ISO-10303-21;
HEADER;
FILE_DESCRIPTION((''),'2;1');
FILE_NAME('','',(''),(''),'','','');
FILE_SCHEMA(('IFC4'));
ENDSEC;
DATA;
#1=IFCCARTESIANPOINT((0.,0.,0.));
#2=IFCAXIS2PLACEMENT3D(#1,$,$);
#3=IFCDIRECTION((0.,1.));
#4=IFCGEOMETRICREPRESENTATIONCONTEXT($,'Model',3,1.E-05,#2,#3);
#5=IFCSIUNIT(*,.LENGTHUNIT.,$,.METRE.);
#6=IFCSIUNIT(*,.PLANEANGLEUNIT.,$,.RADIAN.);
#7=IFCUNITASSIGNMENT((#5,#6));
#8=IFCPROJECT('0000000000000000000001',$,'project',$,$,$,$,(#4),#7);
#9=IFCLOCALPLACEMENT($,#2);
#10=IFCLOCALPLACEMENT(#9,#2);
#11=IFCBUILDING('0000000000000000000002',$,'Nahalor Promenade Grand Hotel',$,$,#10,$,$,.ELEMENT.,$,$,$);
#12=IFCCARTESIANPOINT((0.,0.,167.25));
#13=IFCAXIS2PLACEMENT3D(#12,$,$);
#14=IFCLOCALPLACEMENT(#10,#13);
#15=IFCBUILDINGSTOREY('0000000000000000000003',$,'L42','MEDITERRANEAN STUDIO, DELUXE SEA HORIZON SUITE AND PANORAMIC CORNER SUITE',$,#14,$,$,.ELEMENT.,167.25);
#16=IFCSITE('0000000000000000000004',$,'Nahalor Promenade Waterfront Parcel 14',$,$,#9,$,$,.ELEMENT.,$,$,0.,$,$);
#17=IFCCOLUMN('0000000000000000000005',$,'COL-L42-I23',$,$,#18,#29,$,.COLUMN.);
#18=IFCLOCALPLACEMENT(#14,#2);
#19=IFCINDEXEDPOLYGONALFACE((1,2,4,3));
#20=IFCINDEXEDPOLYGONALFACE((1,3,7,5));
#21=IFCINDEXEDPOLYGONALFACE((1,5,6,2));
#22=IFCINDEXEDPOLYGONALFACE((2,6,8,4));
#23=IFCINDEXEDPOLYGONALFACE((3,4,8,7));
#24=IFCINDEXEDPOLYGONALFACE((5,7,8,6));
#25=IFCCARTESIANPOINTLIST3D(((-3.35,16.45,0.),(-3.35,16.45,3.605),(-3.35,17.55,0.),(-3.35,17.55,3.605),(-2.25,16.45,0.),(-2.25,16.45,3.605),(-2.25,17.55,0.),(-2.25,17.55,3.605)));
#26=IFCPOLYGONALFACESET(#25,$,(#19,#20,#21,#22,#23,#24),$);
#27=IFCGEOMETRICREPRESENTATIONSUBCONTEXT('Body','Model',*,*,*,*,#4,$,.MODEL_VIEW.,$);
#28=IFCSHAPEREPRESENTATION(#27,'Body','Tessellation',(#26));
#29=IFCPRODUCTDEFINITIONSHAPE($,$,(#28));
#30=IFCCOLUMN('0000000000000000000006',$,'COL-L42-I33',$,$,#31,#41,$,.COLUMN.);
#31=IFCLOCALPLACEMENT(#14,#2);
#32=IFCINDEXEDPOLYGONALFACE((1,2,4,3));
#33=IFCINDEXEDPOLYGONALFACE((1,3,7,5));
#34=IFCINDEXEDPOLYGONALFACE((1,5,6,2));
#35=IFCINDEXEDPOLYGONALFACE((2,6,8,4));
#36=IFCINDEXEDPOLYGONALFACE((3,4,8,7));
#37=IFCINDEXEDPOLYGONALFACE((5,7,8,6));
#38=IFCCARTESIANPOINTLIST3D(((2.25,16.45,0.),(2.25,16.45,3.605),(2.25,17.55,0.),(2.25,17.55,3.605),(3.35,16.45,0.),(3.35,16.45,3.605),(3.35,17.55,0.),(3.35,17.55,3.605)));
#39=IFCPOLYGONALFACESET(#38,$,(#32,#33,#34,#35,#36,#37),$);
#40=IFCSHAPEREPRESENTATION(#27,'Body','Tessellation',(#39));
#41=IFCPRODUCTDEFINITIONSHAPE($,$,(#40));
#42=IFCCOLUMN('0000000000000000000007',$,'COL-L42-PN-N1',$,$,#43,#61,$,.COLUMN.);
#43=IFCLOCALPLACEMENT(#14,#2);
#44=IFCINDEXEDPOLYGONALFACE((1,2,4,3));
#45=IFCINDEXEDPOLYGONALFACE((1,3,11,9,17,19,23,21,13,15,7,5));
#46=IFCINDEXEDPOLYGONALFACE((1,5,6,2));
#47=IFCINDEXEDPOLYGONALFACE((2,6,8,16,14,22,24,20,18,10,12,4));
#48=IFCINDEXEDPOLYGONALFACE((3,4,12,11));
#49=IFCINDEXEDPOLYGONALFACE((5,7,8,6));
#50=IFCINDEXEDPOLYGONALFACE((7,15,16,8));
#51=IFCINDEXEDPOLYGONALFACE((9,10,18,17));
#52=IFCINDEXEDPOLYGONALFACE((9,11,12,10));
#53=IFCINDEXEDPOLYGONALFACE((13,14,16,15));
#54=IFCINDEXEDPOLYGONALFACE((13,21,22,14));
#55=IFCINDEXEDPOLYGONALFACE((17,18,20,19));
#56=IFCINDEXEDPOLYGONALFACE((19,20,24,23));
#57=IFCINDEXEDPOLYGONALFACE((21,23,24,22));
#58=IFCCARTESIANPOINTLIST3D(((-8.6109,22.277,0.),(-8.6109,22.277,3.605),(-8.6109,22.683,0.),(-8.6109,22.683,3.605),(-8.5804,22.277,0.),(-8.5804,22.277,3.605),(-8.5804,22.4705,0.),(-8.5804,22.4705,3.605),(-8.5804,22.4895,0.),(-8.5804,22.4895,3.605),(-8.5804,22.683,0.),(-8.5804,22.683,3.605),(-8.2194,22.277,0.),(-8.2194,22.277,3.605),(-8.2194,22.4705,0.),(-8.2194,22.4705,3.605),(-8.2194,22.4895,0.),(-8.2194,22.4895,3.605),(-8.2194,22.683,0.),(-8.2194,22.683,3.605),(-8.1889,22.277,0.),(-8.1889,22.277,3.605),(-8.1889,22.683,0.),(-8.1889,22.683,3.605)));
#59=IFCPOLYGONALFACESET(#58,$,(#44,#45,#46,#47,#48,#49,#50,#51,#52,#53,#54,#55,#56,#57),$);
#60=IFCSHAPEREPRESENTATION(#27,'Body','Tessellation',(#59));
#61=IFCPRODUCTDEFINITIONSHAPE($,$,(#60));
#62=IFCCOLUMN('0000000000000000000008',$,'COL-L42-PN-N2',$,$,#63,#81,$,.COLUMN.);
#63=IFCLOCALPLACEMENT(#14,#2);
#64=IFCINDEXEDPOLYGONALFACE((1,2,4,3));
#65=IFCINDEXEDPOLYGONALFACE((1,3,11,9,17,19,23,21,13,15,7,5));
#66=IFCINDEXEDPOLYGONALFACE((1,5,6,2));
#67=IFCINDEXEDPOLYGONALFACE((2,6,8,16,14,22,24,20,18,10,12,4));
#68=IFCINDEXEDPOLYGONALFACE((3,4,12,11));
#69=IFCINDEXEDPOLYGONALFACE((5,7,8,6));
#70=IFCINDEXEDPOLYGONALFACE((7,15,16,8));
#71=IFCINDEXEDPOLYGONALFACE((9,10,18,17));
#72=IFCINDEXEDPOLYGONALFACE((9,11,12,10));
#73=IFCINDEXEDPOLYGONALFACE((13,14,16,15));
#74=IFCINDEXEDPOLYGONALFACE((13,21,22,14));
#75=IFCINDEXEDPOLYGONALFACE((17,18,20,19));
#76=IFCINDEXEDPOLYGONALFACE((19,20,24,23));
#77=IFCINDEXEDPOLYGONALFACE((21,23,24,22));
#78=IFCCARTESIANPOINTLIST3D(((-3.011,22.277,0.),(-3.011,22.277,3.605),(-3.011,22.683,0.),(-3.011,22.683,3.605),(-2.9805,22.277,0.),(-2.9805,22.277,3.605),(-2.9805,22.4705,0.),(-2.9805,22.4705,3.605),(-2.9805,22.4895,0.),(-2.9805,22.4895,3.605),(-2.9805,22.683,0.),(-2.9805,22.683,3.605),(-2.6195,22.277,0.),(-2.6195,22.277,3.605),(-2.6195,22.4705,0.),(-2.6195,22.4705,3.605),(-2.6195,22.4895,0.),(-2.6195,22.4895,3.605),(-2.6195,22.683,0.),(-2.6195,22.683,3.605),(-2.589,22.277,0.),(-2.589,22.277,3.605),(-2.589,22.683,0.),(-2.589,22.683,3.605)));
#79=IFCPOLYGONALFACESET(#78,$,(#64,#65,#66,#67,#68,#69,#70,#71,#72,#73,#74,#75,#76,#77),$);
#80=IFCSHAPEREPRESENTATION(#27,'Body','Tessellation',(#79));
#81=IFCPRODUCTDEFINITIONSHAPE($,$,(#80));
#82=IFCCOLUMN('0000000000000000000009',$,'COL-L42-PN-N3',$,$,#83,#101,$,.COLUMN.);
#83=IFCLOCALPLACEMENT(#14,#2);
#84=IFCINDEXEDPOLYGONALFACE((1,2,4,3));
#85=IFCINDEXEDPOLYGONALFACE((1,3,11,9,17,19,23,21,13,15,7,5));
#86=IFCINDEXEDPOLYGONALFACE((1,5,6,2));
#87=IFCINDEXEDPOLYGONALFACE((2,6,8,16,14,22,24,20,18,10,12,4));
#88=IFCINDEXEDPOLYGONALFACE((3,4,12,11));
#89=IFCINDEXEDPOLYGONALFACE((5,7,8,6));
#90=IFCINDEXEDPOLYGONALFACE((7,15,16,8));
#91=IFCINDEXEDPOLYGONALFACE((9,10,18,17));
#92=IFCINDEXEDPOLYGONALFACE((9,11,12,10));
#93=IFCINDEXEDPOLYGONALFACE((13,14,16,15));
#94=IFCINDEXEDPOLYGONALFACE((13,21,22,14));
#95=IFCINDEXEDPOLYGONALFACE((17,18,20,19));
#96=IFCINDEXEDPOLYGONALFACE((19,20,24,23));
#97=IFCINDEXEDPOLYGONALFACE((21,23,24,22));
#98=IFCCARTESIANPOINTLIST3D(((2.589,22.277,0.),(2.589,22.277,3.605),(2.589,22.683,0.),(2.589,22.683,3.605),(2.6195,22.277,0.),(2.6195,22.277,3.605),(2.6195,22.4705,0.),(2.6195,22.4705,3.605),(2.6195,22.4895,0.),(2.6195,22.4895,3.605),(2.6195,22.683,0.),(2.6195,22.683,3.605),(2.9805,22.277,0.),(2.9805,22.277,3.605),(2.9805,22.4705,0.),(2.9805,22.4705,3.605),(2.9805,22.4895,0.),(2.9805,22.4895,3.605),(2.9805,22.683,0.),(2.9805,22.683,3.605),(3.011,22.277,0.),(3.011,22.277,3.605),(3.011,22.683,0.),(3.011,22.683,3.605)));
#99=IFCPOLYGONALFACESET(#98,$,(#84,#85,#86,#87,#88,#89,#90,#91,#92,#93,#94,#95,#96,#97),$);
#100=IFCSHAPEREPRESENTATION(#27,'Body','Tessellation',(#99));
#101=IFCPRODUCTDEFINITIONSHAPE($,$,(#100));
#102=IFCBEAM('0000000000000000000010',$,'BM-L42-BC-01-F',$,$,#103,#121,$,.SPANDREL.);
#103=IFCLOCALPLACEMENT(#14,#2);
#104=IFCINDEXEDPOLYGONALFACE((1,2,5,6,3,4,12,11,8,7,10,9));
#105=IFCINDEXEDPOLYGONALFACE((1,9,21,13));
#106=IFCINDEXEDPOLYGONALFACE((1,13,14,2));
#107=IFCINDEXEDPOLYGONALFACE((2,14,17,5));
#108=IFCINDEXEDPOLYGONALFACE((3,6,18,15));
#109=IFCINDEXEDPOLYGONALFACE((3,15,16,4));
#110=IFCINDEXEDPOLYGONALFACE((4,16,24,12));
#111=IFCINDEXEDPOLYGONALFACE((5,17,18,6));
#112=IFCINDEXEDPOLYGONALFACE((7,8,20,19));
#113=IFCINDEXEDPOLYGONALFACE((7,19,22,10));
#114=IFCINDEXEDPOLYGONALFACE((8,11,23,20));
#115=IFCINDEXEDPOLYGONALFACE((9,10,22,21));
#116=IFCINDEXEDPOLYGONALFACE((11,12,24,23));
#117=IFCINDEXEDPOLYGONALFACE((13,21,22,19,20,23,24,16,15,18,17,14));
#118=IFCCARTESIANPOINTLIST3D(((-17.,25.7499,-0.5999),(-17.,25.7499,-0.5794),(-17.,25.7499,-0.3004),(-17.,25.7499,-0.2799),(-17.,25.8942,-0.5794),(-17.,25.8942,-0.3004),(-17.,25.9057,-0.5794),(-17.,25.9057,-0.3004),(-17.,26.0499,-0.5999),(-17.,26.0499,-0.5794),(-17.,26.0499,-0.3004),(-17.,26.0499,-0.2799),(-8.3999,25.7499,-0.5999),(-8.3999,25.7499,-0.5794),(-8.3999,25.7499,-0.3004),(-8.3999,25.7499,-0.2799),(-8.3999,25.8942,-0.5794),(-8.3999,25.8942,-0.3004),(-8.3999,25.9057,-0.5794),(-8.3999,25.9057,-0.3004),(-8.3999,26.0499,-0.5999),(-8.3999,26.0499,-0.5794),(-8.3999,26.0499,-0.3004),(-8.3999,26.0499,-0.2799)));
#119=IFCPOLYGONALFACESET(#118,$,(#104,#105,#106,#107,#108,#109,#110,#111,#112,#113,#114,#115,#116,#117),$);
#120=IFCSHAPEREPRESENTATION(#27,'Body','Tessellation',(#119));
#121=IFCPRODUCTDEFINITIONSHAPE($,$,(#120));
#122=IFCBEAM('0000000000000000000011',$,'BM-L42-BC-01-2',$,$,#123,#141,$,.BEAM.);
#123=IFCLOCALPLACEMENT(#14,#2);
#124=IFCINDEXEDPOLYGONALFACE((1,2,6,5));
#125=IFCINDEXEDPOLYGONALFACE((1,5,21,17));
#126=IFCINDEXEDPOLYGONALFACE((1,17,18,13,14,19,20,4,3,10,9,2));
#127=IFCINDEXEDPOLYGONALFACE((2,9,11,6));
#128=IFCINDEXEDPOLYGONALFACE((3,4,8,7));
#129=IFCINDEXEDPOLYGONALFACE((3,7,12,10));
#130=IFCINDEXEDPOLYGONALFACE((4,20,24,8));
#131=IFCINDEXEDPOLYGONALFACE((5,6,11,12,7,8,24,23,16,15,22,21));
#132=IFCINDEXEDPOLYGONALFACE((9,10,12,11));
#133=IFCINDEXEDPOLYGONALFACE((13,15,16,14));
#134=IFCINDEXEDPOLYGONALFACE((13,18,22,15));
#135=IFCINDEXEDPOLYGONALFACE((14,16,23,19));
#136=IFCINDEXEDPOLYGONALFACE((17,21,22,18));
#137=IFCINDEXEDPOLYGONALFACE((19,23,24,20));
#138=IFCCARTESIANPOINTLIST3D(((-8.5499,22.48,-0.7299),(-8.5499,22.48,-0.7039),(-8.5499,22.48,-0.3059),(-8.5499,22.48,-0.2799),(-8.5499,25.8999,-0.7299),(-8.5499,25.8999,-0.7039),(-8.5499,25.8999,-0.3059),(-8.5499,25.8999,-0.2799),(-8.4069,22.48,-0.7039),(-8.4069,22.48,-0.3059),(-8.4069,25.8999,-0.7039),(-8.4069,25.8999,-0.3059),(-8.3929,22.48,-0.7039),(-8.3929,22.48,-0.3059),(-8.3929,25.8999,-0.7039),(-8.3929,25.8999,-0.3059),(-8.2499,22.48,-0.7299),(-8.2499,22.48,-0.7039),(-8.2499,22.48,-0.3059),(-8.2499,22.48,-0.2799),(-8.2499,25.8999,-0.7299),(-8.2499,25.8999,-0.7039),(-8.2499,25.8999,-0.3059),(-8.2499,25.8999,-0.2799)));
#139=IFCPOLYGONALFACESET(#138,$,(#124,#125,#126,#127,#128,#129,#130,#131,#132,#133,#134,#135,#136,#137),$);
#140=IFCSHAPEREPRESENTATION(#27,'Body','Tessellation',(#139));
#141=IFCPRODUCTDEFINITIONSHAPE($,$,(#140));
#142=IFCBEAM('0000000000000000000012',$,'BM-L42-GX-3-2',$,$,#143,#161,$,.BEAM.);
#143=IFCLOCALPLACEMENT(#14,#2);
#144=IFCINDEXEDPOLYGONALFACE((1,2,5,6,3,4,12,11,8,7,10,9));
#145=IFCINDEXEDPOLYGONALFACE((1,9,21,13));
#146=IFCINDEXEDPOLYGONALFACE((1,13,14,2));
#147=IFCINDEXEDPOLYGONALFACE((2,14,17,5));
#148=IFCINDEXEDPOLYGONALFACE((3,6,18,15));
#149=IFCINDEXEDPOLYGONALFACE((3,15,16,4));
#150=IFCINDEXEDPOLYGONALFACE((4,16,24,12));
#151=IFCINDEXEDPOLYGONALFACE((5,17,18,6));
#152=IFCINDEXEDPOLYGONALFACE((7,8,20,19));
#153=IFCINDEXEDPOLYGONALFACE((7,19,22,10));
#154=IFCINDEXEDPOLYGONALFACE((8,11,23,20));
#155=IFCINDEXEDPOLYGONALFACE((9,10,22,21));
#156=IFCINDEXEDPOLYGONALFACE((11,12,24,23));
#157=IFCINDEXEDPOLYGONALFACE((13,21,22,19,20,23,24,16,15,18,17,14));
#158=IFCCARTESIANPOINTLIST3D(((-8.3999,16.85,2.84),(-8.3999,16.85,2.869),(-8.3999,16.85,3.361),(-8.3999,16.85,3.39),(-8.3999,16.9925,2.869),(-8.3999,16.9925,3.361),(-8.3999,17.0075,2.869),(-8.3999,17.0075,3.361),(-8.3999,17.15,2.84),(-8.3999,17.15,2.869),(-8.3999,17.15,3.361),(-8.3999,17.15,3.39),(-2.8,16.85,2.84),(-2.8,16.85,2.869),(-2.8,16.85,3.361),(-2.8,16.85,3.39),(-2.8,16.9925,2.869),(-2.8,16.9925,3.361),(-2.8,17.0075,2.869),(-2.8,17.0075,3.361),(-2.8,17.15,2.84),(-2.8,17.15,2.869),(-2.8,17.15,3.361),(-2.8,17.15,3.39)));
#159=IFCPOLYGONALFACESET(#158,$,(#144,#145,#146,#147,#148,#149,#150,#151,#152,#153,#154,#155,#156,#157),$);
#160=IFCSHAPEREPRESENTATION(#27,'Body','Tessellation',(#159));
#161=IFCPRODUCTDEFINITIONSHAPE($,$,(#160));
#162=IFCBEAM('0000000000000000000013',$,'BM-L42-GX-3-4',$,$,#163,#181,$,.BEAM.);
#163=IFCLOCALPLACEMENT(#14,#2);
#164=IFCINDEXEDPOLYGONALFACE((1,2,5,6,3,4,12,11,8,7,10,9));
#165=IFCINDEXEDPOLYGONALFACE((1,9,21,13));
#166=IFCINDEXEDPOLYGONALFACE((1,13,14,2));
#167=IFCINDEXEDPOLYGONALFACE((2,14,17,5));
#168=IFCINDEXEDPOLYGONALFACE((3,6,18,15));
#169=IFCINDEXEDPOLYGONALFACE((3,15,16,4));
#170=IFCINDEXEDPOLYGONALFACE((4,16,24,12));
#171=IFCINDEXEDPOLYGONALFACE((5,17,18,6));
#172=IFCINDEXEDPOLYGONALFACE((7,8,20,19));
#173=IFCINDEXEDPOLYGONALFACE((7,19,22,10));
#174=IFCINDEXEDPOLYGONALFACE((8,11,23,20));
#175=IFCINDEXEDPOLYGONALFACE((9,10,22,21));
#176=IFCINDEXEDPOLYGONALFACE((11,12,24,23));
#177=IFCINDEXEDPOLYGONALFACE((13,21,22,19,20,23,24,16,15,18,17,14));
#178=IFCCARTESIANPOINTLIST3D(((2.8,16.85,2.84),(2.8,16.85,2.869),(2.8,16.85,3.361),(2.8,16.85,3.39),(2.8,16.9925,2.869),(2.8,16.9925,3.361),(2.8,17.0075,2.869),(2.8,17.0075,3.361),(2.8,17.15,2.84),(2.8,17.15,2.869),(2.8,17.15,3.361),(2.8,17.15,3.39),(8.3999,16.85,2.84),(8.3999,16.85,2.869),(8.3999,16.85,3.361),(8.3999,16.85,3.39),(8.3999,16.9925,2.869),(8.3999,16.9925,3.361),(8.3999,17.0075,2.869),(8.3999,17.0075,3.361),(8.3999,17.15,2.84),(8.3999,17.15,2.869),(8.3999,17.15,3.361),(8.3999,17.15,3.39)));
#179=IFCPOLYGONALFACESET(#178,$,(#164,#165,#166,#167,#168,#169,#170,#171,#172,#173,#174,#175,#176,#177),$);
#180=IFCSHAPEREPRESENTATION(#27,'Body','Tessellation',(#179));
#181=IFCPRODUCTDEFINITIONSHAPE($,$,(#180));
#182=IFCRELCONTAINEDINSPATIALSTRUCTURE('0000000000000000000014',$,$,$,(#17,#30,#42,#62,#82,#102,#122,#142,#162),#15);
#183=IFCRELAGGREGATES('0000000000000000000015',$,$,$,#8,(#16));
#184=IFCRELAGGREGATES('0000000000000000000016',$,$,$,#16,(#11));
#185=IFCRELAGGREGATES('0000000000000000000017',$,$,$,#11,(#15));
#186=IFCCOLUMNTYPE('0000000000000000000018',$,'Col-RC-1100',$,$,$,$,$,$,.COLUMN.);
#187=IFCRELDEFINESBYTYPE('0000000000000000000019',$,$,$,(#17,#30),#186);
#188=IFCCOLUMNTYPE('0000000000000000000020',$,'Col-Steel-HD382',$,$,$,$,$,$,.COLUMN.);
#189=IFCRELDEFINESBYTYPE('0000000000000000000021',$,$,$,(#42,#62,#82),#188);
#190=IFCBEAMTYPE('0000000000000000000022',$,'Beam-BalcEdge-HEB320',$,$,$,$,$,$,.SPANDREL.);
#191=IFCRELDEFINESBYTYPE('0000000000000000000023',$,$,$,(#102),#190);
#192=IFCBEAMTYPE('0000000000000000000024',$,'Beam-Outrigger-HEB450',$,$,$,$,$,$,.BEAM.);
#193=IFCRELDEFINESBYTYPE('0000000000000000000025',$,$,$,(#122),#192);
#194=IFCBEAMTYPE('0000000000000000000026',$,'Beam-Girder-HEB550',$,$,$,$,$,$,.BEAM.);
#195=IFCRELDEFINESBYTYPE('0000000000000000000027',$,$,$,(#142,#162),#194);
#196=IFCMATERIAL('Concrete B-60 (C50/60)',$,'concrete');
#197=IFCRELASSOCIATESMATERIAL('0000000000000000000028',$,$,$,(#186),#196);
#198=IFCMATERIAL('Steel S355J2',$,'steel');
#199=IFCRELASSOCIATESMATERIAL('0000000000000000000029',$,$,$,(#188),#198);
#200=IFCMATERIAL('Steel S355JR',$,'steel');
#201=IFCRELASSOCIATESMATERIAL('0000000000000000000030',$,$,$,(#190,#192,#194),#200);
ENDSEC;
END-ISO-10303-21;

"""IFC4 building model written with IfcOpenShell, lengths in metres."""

from ifc_helpers import new_model, si_unit, direction, frame, origin, origin_2d, place, context, subcontext, project, spatial, rectangle, i_section, extrude, source, transform, mapped, material, material_profile, profile_set, type_object, element, save


model = new_model("IFC4")

# Units and contexts
model_context = context("Model", 3, precision=1e-05, world=origin(), true_north=direction((0.0, 1.0)))
body_context = subcontext(model_context, "Body", "Model", "MODEL_VIEW")
ifc_project = project(units=[si_unit("LENGTHUNIT", "METRE"), si_unit("PLANEANGLEUNIT", "RADIAN")], contexts=[model_context])

# Site, building, storey
site_placement = place(None, origin())
site = spatial("IfcSite", under=ifc_project, at=site_placement, Name="Nahalor Promenade Waterfront Parcel 14", CompositionType="ELEMENT", RefElevation=0.0)
building_placement = place(site_placement, origin())
building = spatial("IfcBuilding", under=site, at=building_placement, Name="Nahalor Promenade Grand Hotel", CompositionType="ELEMENT")
storey_placement = place(building_placement, frame((0.0, 0.0, 167.25)))
storey = spatial("IfcBuildingStorey", under=building, at=storey_placement, Name="L42", Description="MEDITERRANEAN STUDIO, DELUXE SEA HORIZON SUITE AND PANORAMIC CORNER SUITE", CompositionType="ELEMENT", Elevation=167.25)

# Columns
ifc_material_1 = material(Name="Concrete B-60 (C50/60)", Category="concrete")
ifc_material_profile_1 = material_profile(ifc_material_1, rectangle(XDim=1.1, YDim=1.1, at=origin_2d()), Name="RC 1100x1100")
ifc_profile_set_1 = profile_set([ifc_material_profile_1], Name="Concrete B-60 (C50/60)")
column_type_1 = type_object("IfcColumnType", Name="Col-RC-1100", PredefinedType="COLUMN", material=ifc_profile_set_1)
shared_shape_1 = source(origin(), body_context, "Body", "SweptSolid", [
    extrude(rectangle(XDim=1.1, YDim=1.1, at=origin_2d()), origin(), (0.0, 0.0, 1.0), 3.605),
])
for number, where, z_axis, x_axis, name in (
    (1, (-2.8, 17.0, 0.0), (0.0, 0.0, 1.0), (1.0, 0.0, 0.0), "COL-L42-I23"),
    (2, (2.8, 17.0, 0.0), (0.0, 0.0, 1.0), (1.0, 0.0, 0.0), "COL-L42-I33"),
):
    element("IfcColumn", number, at=place(storey_placement, frame(where, z_axis=z_axis, x_axis=x_axis)), inside=storey, type_object=column_type_1, Name=name, PredefinedType="COLUMN", context=body_context, shape_type="MappedRepresentation", body=[
        mapped(shared_shape_1, transform((0.0, 0.0, 0.0), scale=1.0)),
    ])
ifc_material_2 = material(Name="Steel S355J2", Category="steel")
ifc_material_profile_2 = material_profile(ifc_material_2, i_section(OverallWidth=0.406, OverallDepth=0.422, WebThickness=0.019, FlangeThickness=0.0305, at=origin_2d()), Name="HD 400x382")
ifc_profile_set_2 = profile_set([ifc_material_profile_2], Name="Steel S355J2")
column_type_2 = type_object("IfcColumnType", Name="Col-Steel-HD382", PredefinedType="COLUMN", material=ifc_profile_set_2)
shared_shape_2 = source(origin(), body_context, "Body", "SweptSolid", [
    extrude(i_section(OverallWidth=0.406, OverallDepth=0.422, WebThickness=0.019, FlangeThickness=0.0305, at=origin_2d()), origin(), (0.0, 0.0, 1.0), 3.605),
])
for number, where, z_axis, x_axis, name in (
    (3, (-8.3999, 22.48, 0.0), (0.0, 0.0, 1.0), (0.0, 1.0, 0.0), "COL-L42-PN-N1"),
    (4, (-2.8, 22.48, 0.0), (0.0, 0.0, 1.0), (0.0, 1.0, 0.0), "COL-L42-PN-N2"),
    (5, (2.8, 22.48, 0.0), (0.0, 0.0, 1.0), (0.0, 1.0, 0.0), "COL-L42-PN-N3"),
):
    element("IfcColumn", number, at=place(storey_placement, frame(where, z_axis=z_axis, x_axis=x_axis)), inside=storey, type_object=column_type_2, Name=name, PredefinedType="COLUMN", context=body_context, shape_type="MappedRepresentation", body=[
        mapped(shared_shape_2, transform((0.0, 0.0, 0.0), scale=1.0)),
    ])

# Beams
ifc_material_3 = material(Name="Steel S355JR", Category="steel")
ifc_material_profile_3 = material_profile(ifc_material_3, i_section(OverallWidth=0.3, OverallDepth=0.32, WebThickness=0.0115, FlangeThickness=0.0205, at=origin_2d()), Name="HEB 320")
ifc_profile_set_3 = profile_set([ifc_material_profile_3], Name="Steel S355JR")
beam_type_1 = type_object("IfcBeamType", Name="Beam-BalcEdge-HEB320", PredefinedType="SPANDREL", material=ifc_profile_set_3)
shared_shape_3 = source(origin(), body_context, "Body", "SweptSolid", [
    extrude(i_section(OverallWidth=0.3, OverallDepth=0.32, WebThickness=0.0115, FlangeThickness=0.0205, at=origin_2d()), origin(), (0.0, 0.0, 1.0), 8.6001),
])
beam_1_placement = place(storey_placement, frame((-17.0, 25.8999, -0.4399), z_axis=(1.0, 0.0, 0.0), x_axis=(0.0, 1.0, 0.0)))
element("IfcBeam", 6, at=beam_1_placement, inside=storey, type_object=beam_type_1, Name="BM-L42-BC-01-F", PredefinedType="SPANDREL", context=body_context, shape_type="MappedRepresentation", body=[
    mapped(shared_shape_3, transform((0.0, 0.0, 0.0), scale=1.0)),
])
ifc_material_profile_4 = material_profile(ifc_material_3, i_section(OverallWidth=0.3, OverallDepth=0.45, WebThickness=0.014, FlangeThickness=0.026, at=origin_2d()), Name="HEB 450")
ifc_profile_set_4 = profile_set([ifc_material_profile_4], Name="Steel S355JR")
beam_type_2 = type_object("IfcBeamType", Name="Beam-Outrigger-HEB450", PredefinedType="BEAM", material=ifc_profile_set_4)
shared_shape_4 = source(origin(), body_context, "Body", "SweptSolid", [
    extrude(i_section(OverallWidth=0.3, OverallDepth=0.45, WebThickness=0.014, FlangeThickness=0.026, at=origin_2d()), origin(), (0.0, 0.0, 1.0), 3.4199),
])
beam_2_placement = place(storey_placement, frame((-8.3999, 22.48, -0.5049), z_axis=(0.0, 1.0, 0.0), x_axis=(-1.0, 0.0, 0.0)))
element("IfcBeam", 7, at=beam_2_placement, inside=storey, type_object=beam_type_2, Name="BM-L42-BC-01-2", PredefinedType="BEAM", context=body_context, shape_type="MappedRepresentation", body=[
    mapped(shared_shape_4, transform((0.0, 0.0, 0.0), scale=1.0)),
])
ifc_material_profile_5 = material_profile(ifc_material_3, i_section(OverallWidth=0.3, OverallDepth=0.55, WebThickness=0.015, FlangeThickness=0.029, at=origin_2d()), Name="HEB 550")
ifc_profile_set_5 = profile_set([ifc_material_profile_5], Name="Steel S355JR")
beam_type_3 = type_object("IfcBeamType", Name="Beam-Girder-HEB550", PredefinedType="BEAM", material=ifc_profile_set_5)
shared_shape_5 = source(origin(), body_context, "Body", "SweptSolid", [
    extrude(i_section(OverallWidth=0.3, OverallDepth=0.55, WebThickness=0.015, FlangeThickness=0.029, at=origin_2d()), origin(), (0.0, 0.0, 1.0), 5.5999),
])
for number, where, z_axis, x_axis, name in (
    (8, (-8.3999, 17.0, 3.115), (1.0, 0.0, 0.0), (0.0, 1.0, 0.0), "BM-L42-GX-3-2"),
    (9, (2.8, 17.0, 3.115), (1.0, 0.0, 0.0), (0.0, 1.0, 0.0), "BM-L42-GX-3-4"),
):
    element("IfcBeam", number, at=place(storey_placement, frame(where, z_axis=z_axis, x_axis=x_axis)), inside=storey, type_object=beam_type_3, Name=name, PredefinedType="BEAM", context=body_context, shape_type="MappedRepresentation", body=[
        mapped(shared_shape_5, transform((0.0, 0.0, 0.0), scale=1.0)),
    ])

save(model, "model.ifc")
